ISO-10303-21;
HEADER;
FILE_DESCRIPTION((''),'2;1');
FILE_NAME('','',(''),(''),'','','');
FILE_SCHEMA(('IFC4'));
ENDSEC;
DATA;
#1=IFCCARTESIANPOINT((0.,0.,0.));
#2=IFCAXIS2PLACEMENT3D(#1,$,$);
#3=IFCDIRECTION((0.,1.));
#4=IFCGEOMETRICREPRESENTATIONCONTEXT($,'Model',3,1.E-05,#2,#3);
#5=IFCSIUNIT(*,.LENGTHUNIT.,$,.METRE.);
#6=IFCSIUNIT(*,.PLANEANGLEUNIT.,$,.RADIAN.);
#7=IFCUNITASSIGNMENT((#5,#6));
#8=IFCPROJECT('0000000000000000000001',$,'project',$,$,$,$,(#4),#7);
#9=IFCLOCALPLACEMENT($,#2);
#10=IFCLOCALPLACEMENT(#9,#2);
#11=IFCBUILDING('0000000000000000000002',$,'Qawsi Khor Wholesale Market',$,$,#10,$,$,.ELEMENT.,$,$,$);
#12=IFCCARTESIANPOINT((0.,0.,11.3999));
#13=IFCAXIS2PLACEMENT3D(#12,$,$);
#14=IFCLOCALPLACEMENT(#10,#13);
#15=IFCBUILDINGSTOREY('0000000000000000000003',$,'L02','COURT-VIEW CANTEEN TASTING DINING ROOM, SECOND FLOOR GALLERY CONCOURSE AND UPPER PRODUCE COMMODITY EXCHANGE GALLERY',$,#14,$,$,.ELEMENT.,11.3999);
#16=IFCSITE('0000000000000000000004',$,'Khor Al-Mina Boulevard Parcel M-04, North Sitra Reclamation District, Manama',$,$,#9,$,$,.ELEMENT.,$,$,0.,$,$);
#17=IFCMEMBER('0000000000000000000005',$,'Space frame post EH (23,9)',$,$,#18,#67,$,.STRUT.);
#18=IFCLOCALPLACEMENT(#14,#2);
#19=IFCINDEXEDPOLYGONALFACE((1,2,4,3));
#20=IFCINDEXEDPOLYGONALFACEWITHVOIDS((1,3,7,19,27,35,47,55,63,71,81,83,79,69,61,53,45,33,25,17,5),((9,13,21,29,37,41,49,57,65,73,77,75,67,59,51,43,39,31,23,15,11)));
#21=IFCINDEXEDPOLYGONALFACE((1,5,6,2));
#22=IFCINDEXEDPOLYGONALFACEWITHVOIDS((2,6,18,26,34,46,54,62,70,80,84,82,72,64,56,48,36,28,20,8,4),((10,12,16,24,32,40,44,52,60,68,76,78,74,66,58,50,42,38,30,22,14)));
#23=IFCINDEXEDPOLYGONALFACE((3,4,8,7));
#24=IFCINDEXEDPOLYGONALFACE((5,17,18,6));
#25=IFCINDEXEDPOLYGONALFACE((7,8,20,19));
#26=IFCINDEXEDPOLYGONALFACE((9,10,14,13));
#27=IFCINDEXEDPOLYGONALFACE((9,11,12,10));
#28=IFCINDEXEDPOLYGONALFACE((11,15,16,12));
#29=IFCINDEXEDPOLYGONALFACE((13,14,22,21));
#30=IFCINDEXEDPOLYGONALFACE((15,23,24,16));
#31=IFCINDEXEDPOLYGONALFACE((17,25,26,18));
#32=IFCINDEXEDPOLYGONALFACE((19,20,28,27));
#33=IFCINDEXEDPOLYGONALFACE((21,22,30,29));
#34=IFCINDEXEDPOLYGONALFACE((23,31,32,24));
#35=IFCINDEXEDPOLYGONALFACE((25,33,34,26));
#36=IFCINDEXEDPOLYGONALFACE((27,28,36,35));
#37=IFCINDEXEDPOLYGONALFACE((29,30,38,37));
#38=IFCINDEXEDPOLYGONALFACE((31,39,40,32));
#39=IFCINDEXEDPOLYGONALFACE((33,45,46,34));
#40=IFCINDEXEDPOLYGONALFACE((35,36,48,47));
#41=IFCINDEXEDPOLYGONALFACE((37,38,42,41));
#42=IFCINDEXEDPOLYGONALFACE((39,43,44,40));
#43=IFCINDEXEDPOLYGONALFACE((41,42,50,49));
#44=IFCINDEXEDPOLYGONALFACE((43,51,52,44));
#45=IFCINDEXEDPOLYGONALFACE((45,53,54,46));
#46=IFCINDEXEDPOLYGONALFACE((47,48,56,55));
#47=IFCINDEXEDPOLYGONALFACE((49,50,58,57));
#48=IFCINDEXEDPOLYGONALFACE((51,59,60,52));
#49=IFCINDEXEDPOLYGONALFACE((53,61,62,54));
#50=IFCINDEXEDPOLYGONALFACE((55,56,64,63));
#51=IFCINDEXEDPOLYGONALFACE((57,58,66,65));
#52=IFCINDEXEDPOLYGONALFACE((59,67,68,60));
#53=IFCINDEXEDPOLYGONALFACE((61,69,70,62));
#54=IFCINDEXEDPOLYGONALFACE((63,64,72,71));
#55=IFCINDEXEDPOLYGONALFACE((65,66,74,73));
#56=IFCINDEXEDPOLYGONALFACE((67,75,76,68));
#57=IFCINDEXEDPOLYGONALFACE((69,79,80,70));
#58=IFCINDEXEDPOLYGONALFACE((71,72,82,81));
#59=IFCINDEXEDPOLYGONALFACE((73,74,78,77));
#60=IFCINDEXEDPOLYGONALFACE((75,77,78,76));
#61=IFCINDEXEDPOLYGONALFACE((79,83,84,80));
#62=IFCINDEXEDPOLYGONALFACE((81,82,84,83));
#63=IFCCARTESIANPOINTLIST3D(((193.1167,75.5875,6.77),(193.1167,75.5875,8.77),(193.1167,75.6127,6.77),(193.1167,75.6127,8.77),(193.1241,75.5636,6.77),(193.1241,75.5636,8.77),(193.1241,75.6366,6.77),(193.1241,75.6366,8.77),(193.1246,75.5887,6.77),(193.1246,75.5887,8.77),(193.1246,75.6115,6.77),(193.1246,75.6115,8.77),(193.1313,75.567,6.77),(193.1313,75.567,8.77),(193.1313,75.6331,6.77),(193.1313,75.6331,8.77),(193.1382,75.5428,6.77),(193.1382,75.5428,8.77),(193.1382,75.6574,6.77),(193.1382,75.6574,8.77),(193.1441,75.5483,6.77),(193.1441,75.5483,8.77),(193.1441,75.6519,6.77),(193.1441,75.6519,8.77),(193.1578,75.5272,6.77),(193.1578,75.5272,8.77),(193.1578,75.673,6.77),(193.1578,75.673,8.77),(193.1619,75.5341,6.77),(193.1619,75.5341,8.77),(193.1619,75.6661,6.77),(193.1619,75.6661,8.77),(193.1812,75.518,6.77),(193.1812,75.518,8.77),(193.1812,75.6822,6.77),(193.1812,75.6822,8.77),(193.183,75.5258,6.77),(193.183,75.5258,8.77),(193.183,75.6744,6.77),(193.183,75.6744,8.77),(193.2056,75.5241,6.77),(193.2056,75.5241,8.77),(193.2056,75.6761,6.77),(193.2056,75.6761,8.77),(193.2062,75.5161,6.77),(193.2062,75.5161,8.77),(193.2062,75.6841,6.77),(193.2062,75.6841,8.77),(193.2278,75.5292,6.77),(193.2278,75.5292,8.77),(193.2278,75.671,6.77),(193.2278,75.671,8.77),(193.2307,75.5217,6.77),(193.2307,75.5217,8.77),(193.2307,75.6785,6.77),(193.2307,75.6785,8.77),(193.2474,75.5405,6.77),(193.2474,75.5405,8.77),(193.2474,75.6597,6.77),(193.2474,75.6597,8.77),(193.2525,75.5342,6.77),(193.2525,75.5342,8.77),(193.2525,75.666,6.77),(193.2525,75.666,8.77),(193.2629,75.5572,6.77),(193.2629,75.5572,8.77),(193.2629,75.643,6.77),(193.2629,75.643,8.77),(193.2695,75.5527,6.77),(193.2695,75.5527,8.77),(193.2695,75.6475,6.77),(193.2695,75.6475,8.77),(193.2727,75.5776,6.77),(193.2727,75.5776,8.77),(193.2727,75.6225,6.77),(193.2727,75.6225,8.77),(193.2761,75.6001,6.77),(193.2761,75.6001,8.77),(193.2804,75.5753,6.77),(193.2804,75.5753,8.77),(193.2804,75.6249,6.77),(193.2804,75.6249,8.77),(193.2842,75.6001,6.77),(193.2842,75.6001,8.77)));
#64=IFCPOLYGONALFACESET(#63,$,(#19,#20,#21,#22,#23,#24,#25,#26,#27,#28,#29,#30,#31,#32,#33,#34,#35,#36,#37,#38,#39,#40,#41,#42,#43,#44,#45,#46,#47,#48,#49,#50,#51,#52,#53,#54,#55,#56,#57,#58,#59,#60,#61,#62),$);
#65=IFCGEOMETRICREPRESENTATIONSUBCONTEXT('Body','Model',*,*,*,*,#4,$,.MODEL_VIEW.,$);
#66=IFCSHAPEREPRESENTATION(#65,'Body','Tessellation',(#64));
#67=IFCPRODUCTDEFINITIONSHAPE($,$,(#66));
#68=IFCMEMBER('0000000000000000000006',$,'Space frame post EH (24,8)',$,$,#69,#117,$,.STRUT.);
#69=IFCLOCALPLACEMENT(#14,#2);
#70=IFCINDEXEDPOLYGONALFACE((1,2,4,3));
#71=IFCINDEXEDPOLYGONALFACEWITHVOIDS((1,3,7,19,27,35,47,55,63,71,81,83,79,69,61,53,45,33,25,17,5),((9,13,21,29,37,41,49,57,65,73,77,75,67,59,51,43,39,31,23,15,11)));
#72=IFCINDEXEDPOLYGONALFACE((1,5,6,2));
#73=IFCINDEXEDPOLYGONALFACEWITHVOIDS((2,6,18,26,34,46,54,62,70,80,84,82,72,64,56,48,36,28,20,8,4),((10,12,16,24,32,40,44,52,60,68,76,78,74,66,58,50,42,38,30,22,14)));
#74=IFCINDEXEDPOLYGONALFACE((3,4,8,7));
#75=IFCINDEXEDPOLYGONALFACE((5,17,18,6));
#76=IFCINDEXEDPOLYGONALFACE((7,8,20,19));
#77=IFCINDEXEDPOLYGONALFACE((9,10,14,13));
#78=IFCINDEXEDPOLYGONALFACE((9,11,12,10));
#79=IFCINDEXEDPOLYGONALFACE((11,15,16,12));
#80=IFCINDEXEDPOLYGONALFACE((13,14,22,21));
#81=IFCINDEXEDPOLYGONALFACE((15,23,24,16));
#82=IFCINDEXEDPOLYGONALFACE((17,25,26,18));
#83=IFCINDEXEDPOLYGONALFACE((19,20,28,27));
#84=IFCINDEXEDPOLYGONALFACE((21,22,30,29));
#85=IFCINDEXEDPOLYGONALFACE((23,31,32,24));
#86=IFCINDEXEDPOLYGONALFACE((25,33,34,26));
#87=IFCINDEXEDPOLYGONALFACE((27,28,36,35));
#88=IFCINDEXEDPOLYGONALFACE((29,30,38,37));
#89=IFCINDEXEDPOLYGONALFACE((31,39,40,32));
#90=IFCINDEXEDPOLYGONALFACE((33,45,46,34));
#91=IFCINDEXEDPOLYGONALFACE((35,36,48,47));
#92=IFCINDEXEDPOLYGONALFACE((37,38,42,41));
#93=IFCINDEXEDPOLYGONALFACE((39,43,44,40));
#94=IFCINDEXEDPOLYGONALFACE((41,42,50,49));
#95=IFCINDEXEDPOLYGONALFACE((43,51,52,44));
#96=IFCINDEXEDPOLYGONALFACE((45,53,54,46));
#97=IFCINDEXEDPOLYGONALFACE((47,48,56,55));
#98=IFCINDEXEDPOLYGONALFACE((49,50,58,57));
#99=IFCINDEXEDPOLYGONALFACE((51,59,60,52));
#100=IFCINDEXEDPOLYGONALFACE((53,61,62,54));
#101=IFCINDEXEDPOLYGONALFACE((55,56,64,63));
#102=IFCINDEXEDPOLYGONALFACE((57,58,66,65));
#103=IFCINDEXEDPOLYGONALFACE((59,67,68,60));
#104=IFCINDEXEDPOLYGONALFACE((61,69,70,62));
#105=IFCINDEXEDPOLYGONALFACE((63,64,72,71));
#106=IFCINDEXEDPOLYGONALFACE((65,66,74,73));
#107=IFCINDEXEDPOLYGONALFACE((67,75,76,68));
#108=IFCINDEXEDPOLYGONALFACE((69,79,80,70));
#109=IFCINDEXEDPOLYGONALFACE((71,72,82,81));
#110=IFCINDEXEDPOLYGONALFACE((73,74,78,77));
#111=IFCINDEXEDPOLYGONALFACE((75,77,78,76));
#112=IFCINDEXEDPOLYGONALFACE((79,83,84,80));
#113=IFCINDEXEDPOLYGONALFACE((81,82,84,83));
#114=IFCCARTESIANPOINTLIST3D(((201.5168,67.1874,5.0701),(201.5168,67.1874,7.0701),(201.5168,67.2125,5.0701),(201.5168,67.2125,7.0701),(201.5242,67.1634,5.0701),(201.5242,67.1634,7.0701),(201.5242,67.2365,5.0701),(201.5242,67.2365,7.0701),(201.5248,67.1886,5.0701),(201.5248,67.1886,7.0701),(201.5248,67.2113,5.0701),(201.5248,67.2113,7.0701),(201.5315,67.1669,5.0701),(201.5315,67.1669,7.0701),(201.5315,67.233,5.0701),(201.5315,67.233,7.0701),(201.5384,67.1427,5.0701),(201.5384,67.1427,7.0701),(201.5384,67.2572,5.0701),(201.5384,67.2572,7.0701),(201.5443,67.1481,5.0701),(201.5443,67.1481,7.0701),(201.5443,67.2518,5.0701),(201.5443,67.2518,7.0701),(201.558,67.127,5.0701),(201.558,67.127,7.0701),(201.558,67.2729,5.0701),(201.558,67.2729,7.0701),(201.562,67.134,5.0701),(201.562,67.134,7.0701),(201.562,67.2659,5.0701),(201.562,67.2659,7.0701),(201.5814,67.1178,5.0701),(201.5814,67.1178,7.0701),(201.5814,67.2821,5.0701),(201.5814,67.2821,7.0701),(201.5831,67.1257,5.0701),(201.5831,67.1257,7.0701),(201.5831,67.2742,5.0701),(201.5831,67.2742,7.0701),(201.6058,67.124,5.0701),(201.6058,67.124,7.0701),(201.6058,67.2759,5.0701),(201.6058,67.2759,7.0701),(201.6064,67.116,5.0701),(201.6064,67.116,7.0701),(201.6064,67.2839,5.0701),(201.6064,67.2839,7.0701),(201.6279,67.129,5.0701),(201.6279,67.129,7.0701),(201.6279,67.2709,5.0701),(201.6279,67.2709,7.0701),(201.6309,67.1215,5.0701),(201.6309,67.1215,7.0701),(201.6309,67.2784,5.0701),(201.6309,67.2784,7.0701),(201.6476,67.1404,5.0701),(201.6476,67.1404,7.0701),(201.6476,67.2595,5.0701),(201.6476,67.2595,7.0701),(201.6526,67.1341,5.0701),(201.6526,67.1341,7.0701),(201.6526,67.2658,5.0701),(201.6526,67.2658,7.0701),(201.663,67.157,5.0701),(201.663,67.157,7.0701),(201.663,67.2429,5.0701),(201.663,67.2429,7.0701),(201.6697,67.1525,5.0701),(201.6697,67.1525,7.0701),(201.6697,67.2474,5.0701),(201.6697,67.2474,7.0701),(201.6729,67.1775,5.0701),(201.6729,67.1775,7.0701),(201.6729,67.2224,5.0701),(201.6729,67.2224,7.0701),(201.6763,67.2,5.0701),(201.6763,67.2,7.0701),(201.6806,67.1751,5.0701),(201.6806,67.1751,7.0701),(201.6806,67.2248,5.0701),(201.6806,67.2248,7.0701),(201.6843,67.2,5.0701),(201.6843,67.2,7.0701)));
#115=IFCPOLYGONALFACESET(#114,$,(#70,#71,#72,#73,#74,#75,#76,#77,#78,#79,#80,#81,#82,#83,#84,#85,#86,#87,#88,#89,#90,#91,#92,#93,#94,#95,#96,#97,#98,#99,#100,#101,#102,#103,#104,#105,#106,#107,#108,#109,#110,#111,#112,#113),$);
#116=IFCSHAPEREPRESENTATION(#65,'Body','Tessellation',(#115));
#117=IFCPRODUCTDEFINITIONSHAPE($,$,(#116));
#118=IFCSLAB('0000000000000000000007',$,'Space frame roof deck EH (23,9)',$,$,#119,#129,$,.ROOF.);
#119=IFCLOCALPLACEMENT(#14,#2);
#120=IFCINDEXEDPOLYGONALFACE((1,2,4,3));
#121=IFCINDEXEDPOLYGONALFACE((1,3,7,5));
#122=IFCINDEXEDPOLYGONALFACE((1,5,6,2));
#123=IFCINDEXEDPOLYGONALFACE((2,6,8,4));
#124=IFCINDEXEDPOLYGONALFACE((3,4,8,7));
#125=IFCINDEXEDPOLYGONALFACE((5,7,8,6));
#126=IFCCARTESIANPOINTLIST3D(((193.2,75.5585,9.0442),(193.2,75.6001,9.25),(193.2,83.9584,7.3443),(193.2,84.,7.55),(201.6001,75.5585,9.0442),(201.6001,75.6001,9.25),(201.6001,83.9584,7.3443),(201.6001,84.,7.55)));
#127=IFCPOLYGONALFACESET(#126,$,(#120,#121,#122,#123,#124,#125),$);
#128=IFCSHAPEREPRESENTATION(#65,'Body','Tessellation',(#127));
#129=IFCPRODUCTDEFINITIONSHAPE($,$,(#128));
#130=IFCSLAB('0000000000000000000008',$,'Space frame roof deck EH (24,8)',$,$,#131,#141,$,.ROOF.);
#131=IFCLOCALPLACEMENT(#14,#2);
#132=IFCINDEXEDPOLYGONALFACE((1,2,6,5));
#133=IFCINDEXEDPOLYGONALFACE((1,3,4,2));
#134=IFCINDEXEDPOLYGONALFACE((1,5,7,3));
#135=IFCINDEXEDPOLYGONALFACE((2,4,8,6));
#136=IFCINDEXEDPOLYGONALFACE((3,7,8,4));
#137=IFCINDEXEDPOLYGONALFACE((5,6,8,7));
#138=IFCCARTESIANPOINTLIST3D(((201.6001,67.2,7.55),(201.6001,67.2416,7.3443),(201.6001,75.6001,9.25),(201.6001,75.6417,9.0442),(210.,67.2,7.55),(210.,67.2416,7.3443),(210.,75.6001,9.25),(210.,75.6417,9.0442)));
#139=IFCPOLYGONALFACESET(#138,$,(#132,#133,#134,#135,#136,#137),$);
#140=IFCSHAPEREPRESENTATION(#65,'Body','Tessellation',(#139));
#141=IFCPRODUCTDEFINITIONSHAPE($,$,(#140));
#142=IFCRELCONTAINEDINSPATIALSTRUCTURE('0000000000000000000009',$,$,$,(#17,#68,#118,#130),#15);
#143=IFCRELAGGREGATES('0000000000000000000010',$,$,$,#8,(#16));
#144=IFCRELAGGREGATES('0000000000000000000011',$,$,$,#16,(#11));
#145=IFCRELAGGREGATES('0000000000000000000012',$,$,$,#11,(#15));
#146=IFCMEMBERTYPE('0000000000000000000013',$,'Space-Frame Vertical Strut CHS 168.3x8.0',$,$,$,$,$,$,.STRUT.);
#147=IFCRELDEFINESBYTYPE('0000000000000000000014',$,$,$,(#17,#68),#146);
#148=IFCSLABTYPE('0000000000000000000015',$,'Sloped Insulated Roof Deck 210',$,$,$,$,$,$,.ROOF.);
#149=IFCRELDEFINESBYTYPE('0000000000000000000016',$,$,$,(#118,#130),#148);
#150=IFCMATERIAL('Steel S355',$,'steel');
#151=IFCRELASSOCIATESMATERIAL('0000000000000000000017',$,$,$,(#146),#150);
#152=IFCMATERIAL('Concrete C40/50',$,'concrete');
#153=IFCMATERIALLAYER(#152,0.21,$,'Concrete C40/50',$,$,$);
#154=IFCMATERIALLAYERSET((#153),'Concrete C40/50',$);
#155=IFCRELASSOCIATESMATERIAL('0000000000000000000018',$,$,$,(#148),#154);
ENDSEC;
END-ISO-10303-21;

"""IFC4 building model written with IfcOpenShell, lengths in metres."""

from ifc_helpers import new_model, si_unit, direction, frame, origin, origin_2d, place, context, subcontext, project, spatial, polyline, hollow_circle, outline, extrude, material, layer, layer_set, material_profile, profile_set, type_object, element, save


model = new_model("IFC4")

# Units and contexts
model_context = context("Model", 3, precision=1e-05, world=origin(), true_north=direction((0.0, 1.0)))
body_context = subcontext(model_context, "Body", "Model", "MODEL_VIEW")
ifc_project = project(units=[si_unit("LENGTHUNIT", "METRE"), si_unit("PLANEANGLEUNIT", "RADIAN")], contexts=[model_context])

# Site, building, storey
site_placement = place(None, origin())
site = spatial("IfcSite", under=ifc_project, at=site_placement, Name="Khor Al-Mina Boulevard Parcel M-04, North Sitra Reclamation District, Manama", CompositionType="ELEMENT", RefElevation=0.0)
building_placement = place(site_placement, origin())
building = spatial("IfcBuilding", under=site, at=building_placement, Name="Qawsi Khor Wholesale Market", CompositionType="ELEMENT")
storey_placement = place(building_placement, frame((0.0, 0.0, 11.3999)))
storey = spatial("IfcBuildingStorey", under=building, at=storey_placement, Name="L02", Description="COURT-VIEW CANTEEN TASTING DINING ROOM, SECOND FLOOR GALLERY CONCOURSE AND UPPER PRODUCE COMMODITY EXCHANGE GALLERY", CompositionType="ELEMENT", Elevation=11.3999)

# Members
ifc_material_1 = material(Name="Steel S355", Category="steel")
ifc_material_profile_1 = material_profile(ifc_material_1, hollow_circle(Radius=0.0842, WallThickness=0.0081, at=origin_2d()), Name="CHS 168.3x8.0")
ifc_profile_set_1 = profile_set([ifc_material_profile_1], Name="Steel S355")
member_type_1 = type_object("IfcMemberType", Name="Space-Frame Vertical Strut CHS 168.3x8.0", PredefinedType="STRUT", material=ifc_profile_set_1)
for number, where, z_axis, x_axis, name in (
    (1, (193.2, 75.6001, 6.77), (0.0, 0.0, 1.0), (1.0, 0.0, 0.0), "Space frame post EH (23,9)"),
    (2, (201.6001, 67.2, 5.0701), (0.0, 0.0, 1.0), (1.0, 0.0, 0.0), "Space frame post EH (24,8)"),
):
    element("IfcMember", number, at=place(storey_placement, frame(where, z_axis=z_axis, x_axis=x_axis)), inside=storey, type_object=member_type_1, Name=name, PredefinedType="STRUT", context=body_context, shape_type="SweptSolid", body=[
        extrude(hollow_circle(Radius=0.0842, WallThickness=0.0081, at=origin_2d()), origin(), (0.0, 0.0, 1.0), 2.0),
    ])

# Slabs
ifc_material_2 = material(Name="Concrete C40/50", Category="concrete")
ifc_layer = layer(ifc_material_2, 0.21, Name="Concrete C40/50")
ifc_layer_set = layer_set([ifc_layer], Name="Concrete C40/50")
slab_type = type_object("IfcSlabType", Name="Sloped Insulated Roof Deck 210", PredefinedType="ROOF", material=ifc_layer_set)
slab_1_placement = place(storey_placement, frame((193.2, 75.6001, 9.25), z_axis=(0.0, 0.198356, 0.98013), x_axis=(1.0, 0.0, 0.0)))
element("IfcSlab", 3, at=slab_1_placement, inside=storey, type_object=slab_type, Name="Space frame roof deck EH (23,9)", PredefinedType="ROOF", context=body_context, shape_type="SweptSolid", body=[
    extrude(outline(polyline([(0.0, 0.0), (8.4001, 0.0), (8.4001, 8.5702), (0.0, 8.5702), (0.0, 0.0)])), origin(), (0.0, 0.0, -1.0), 0.21),
])
slab_2_placement = place(storey_placement, frame((201.6001, 67.2, 7.55), z_axis=(0.0, -0.198351, 0.980131), x_axis=(1.0, 0.0, 0.0)))
element("IfcSlab", 4, at=slab_2_placement, inside=storey, type_object=slab_type, Name="Space frame roof deck EH (24,8)", PredefinedType="ROOF", context=body_context, shape_type="SweptSolid", body=[
    extrude(outline(polyline([(0.0, 0.0), (8.3999, 0.0), (8.3999, 8.5704), (0.0, 8.5704), (0.0, 0.0)])), origin(), (0.0, 0.0, -1.0), 0.21),
])

save(model, "model.ifc")
